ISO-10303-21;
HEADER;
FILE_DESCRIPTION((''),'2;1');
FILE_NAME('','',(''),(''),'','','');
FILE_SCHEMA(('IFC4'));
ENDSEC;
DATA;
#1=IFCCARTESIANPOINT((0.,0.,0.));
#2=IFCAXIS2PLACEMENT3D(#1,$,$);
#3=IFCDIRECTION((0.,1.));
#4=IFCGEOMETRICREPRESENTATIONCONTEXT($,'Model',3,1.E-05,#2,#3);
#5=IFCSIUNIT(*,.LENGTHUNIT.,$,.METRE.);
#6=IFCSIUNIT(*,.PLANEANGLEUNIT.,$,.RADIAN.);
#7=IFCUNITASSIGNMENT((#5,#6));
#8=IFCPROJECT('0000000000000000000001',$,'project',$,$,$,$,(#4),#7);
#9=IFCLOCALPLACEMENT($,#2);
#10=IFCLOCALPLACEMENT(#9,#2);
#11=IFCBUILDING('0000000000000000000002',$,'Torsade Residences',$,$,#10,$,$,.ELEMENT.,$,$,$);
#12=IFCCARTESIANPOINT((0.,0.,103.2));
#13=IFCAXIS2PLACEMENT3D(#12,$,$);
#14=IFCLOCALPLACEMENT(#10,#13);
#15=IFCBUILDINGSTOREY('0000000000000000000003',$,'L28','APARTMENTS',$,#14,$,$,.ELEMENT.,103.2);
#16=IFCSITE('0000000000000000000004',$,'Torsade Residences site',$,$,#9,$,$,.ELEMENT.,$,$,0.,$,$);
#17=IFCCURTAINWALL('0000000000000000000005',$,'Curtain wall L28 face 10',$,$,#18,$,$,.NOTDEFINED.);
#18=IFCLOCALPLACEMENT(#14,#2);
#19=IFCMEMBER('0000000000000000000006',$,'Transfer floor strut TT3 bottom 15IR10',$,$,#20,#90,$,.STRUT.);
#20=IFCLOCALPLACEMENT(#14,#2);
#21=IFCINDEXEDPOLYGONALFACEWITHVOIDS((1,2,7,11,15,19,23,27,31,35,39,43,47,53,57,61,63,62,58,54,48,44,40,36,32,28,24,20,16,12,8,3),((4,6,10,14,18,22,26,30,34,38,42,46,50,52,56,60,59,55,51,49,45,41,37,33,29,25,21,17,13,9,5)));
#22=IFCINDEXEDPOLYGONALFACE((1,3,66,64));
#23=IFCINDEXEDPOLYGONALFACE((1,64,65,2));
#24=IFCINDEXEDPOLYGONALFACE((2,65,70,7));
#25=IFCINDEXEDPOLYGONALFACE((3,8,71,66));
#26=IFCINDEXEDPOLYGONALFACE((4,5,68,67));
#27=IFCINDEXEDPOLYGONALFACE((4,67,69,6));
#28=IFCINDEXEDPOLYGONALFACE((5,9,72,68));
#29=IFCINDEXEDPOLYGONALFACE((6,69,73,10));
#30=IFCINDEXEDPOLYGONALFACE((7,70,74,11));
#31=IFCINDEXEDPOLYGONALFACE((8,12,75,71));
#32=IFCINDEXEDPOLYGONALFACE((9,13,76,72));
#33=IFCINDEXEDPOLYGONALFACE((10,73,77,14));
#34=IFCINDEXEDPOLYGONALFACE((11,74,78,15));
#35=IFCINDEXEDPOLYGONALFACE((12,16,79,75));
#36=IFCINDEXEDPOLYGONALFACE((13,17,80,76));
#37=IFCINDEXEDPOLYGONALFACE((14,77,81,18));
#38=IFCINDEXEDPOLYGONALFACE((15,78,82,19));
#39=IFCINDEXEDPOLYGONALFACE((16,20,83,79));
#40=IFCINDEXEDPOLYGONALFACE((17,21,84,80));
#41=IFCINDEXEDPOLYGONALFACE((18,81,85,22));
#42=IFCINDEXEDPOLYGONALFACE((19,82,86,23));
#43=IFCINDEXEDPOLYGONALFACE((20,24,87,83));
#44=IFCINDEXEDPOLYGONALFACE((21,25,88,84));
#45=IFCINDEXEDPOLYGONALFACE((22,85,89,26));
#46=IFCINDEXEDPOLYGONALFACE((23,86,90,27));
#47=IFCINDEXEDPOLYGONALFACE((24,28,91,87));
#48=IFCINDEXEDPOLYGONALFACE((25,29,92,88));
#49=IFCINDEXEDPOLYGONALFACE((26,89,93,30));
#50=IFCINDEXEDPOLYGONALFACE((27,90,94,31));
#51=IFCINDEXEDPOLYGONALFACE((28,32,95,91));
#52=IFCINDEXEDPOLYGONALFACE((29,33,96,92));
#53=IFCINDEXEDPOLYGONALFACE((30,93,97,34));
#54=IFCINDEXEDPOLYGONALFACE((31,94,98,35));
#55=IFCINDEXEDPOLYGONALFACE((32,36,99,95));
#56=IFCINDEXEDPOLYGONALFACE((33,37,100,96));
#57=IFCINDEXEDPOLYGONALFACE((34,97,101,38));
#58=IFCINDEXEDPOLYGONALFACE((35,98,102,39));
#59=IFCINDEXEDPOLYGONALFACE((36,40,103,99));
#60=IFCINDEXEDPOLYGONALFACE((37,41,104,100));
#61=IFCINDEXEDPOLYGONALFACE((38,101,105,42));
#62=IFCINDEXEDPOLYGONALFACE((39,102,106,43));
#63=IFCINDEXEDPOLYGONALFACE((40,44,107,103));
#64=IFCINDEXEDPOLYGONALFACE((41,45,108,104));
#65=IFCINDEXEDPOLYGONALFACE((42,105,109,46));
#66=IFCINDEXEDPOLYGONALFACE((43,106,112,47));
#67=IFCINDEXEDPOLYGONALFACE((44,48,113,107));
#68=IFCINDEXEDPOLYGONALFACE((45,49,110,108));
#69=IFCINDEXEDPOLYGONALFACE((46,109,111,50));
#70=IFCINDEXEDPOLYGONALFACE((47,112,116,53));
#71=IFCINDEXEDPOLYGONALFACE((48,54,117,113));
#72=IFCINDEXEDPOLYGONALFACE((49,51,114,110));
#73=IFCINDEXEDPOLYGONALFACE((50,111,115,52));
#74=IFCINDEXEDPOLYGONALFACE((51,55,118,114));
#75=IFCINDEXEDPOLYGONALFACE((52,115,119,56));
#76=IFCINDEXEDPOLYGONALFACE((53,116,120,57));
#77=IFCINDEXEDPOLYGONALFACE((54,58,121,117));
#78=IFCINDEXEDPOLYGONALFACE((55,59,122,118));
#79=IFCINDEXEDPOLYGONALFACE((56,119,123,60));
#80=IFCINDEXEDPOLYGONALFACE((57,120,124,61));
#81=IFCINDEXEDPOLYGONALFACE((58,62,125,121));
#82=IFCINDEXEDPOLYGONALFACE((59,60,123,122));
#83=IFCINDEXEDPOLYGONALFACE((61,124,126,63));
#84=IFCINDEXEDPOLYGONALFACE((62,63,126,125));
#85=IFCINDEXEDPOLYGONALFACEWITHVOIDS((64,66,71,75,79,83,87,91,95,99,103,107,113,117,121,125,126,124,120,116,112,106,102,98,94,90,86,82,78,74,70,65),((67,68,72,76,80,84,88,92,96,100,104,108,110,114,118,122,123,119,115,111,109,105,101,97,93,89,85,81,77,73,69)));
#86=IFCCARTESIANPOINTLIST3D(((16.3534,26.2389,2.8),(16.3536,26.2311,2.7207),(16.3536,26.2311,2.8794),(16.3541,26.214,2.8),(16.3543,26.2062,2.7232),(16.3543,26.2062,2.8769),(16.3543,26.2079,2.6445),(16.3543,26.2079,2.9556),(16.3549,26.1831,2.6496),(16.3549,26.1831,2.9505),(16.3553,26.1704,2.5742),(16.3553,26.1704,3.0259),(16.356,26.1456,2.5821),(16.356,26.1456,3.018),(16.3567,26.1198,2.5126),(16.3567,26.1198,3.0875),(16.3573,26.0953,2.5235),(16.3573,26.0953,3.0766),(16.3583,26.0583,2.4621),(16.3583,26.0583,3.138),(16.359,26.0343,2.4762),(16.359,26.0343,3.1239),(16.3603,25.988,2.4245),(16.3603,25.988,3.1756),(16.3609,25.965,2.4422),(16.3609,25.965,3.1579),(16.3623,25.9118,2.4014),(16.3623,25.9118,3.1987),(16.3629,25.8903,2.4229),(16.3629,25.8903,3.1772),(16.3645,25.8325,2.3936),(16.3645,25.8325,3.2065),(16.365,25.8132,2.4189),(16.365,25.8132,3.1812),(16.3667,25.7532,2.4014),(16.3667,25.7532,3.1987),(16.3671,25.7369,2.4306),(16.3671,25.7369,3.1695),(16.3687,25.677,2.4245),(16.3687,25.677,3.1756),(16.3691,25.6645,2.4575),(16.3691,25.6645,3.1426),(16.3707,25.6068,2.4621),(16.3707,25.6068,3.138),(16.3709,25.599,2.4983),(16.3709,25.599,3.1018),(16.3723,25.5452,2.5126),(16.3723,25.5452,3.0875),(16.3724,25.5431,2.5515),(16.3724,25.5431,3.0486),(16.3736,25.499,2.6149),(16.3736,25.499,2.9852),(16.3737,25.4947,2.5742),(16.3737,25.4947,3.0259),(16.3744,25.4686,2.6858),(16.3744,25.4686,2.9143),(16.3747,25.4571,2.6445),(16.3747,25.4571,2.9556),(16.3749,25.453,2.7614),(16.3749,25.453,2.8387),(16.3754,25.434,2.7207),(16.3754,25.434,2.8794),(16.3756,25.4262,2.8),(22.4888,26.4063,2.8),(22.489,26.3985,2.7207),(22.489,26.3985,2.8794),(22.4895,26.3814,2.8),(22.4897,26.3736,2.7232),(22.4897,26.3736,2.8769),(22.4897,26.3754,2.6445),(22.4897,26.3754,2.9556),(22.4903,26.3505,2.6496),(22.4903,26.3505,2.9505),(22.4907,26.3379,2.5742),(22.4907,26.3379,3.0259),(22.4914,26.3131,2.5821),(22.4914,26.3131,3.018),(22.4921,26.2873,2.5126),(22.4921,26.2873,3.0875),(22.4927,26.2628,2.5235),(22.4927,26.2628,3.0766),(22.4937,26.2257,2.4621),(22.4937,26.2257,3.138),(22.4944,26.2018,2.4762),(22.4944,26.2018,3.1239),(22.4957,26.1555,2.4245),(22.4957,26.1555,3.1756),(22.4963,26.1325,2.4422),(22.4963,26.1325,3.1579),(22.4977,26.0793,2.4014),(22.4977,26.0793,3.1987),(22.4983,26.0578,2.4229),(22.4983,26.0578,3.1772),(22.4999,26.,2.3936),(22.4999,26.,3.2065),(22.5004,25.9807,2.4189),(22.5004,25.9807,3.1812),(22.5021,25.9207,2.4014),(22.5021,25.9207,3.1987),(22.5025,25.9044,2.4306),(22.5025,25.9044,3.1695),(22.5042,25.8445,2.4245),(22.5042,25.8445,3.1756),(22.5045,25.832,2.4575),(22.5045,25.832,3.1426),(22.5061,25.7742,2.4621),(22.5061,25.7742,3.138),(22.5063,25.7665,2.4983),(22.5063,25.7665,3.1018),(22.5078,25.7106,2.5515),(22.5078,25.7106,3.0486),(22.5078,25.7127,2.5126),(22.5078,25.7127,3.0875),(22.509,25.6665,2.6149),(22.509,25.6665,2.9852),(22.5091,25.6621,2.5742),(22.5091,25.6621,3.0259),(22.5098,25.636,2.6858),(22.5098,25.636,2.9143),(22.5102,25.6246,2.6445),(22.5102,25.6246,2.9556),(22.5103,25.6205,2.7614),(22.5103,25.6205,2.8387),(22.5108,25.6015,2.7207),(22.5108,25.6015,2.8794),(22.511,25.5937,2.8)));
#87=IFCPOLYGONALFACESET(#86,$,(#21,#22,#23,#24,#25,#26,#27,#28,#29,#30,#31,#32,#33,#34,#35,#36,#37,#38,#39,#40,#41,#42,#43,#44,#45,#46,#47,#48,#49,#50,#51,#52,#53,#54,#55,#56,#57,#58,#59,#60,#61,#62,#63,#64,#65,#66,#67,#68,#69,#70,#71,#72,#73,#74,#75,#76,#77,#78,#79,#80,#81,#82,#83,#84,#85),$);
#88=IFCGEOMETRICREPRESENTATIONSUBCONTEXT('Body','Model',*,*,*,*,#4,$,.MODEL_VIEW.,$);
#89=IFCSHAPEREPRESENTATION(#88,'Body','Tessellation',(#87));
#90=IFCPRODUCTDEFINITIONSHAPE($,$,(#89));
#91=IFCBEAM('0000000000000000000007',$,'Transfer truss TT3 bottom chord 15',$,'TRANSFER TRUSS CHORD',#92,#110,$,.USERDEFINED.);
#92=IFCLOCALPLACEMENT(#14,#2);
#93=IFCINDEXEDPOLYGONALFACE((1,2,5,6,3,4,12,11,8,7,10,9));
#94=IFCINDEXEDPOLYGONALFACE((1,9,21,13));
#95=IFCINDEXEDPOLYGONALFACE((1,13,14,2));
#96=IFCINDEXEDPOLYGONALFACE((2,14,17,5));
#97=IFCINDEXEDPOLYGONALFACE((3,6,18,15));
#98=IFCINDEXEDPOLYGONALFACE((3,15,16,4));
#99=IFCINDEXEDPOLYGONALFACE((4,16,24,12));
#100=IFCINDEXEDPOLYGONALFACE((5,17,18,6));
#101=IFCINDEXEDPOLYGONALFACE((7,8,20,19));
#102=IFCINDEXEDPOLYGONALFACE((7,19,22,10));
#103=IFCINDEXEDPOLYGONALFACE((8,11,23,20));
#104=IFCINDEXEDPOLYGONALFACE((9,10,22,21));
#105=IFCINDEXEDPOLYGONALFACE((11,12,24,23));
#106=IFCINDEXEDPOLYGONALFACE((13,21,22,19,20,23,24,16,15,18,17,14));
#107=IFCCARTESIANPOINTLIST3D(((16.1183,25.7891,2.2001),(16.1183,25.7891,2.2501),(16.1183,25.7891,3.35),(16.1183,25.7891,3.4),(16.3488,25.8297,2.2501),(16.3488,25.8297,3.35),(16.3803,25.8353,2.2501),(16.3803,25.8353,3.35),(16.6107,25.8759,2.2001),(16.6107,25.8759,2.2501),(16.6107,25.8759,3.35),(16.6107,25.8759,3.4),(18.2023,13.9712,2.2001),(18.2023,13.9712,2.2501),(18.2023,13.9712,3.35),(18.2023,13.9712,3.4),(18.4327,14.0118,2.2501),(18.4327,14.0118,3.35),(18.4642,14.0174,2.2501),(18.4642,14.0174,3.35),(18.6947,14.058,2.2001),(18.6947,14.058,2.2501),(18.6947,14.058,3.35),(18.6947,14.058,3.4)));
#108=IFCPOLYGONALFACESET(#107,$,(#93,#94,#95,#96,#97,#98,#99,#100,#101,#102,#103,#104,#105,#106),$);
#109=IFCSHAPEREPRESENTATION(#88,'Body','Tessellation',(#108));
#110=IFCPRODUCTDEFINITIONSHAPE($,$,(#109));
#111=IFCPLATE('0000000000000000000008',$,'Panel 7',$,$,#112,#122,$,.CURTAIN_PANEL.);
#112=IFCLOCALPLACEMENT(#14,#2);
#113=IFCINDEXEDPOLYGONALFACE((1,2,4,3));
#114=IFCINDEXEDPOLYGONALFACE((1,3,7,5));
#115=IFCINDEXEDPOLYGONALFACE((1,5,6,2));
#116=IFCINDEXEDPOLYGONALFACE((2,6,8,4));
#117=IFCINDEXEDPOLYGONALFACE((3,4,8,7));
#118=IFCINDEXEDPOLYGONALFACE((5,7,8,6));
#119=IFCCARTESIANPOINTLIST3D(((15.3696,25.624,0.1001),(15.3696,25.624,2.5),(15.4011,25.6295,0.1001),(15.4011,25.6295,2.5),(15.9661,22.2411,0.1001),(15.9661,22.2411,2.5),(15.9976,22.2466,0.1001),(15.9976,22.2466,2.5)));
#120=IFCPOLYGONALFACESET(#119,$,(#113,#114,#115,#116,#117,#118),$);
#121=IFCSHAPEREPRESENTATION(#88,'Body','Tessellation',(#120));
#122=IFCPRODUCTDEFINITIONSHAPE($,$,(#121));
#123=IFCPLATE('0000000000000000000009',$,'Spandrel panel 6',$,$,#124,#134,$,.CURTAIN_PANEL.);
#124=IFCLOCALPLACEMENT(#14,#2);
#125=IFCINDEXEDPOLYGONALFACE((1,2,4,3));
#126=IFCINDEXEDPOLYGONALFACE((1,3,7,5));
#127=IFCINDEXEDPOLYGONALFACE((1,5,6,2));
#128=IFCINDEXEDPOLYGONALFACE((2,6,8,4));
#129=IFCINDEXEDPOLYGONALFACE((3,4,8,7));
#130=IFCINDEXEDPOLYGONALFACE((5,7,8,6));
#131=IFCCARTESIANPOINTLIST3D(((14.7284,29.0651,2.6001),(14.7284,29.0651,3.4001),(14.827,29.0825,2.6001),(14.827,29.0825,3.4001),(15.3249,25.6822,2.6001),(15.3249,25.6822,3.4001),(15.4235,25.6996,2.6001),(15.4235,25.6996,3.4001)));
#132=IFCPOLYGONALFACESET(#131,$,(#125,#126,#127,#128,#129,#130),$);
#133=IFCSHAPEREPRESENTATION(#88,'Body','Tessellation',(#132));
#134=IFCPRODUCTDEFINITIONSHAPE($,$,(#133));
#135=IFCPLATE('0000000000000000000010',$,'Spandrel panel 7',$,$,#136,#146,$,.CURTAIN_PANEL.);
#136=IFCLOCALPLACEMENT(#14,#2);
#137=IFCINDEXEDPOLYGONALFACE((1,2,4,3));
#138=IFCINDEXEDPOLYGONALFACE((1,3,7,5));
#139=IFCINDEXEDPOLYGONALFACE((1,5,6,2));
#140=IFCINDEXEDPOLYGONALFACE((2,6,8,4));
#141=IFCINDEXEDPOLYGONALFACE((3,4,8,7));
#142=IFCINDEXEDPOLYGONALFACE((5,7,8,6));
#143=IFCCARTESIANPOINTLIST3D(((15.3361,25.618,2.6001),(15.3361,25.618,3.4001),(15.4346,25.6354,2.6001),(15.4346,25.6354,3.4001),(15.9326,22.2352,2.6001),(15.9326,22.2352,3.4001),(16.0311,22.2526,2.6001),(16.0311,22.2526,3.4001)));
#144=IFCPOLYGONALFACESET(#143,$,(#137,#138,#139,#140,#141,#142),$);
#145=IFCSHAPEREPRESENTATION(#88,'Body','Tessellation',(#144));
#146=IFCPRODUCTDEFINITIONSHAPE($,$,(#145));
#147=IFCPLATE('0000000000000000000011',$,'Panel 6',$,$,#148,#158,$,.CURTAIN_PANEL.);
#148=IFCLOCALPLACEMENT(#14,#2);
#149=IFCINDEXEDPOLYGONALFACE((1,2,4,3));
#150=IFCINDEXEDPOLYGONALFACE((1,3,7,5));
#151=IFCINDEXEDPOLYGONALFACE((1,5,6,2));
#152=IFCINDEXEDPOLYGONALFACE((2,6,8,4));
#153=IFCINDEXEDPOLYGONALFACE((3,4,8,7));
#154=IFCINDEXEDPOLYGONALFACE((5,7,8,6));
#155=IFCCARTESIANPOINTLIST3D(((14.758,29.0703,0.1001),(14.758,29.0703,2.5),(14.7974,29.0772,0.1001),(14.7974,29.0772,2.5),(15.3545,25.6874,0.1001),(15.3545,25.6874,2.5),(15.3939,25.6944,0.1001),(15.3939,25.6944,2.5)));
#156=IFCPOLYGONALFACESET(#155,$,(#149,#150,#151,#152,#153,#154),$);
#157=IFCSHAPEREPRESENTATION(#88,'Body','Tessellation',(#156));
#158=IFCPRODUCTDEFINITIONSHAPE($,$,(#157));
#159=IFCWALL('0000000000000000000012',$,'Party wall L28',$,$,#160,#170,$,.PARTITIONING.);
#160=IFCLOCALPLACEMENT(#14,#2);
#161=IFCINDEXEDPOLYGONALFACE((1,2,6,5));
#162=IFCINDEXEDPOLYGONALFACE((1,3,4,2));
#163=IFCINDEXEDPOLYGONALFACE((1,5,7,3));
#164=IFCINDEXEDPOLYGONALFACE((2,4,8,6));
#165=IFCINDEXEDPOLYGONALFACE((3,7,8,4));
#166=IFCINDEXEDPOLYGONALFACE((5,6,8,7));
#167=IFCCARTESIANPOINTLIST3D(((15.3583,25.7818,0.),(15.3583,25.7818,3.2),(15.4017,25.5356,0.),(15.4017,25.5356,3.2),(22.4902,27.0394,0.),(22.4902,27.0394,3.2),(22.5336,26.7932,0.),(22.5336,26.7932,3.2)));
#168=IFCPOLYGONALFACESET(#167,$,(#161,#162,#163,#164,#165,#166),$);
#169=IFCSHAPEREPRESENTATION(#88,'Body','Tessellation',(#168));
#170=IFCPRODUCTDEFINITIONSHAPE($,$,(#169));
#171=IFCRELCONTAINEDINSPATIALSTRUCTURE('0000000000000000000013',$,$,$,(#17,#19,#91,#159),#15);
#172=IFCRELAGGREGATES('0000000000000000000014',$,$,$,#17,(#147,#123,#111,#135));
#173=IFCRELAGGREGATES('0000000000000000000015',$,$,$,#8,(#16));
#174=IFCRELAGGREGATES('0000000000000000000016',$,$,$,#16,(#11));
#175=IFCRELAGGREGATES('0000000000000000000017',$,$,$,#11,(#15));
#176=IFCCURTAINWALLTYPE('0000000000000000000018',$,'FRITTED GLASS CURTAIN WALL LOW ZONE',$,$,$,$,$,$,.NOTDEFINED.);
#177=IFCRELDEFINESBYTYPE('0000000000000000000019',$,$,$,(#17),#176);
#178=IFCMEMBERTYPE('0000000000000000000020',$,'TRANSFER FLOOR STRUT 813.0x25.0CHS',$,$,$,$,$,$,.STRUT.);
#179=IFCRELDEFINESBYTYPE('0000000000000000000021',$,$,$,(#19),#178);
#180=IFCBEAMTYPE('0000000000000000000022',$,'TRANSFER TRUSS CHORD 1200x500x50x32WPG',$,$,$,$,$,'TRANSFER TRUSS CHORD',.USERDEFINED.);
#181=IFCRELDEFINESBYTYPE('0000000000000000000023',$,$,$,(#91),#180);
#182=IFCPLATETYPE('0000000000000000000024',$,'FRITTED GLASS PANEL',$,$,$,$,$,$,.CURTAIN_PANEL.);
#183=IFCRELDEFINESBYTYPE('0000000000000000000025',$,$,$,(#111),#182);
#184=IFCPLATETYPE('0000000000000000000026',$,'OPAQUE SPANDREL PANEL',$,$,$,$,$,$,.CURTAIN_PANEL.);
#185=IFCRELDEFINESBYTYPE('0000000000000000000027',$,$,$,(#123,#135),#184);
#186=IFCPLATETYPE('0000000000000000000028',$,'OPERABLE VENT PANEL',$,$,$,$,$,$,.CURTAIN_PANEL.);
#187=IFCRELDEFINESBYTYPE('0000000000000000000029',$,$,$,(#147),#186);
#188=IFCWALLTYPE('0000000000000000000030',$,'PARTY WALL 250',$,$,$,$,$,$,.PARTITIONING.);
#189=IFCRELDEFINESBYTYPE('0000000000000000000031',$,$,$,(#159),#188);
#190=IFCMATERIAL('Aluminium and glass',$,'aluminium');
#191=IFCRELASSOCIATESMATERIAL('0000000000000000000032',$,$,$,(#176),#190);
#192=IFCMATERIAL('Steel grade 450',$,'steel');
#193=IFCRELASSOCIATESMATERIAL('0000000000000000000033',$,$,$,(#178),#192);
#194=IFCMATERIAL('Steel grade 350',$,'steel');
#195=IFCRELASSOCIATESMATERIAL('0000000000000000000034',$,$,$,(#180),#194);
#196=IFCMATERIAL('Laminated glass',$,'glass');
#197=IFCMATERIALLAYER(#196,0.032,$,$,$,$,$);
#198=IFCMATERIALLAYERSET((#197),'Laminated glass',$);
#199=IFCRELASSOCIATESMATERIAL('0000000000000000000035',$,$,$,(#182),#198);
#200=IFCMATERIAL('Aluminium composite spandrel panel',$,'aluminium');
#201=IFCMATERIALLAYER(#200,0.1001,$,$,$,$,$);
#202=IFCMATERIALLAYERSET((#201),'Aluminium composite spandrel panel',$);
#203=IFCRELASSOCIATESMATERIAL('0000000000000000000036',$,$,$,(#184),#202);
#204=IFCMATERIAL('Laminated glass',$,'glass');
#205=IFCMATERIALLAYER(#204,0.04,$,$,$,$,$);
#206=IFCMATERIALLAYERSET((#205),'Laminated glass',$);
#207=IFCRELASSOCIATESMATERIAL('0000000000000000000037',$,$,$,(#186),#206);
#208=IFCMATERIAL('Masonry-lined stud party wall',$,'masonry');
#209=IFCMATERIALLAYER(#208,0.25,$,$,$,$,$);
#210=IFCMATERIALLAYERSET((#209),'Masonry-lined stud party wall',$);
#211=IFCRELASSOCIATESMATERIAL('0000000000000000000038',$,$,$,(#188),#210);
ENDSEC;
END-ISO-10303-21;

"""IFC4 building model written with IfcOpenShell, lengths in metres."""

from ifc_helpers import new_model, si_unit, direction, frame, frame_2d, origin, origin_2d, place, context, subcontext, project, spatial, rectangle, hollow_circle, i_section, extrude, material, layer, layer_set, material_profile, profile_set, type_object, element, aggregate, save


model = new_model("IFC4")

# Units and contexts
model_context = context("Model", 3, precision=1e-05, world=origin(), true_north=direction((0.0, 1.0)))
body_context = subcontext(model_context, "Body", "Model", "MODEL_VIEW")
ifc_project = project(units=[si_unit("LENGTHUNIT", "METRE"), si_unit("PLANEANGLEUNIT", "RADIAN")], contexts=[model_context])

# Site, building, storey
site_placement = place(None, origin())
site = spatial("IfcSite", under=ifc_project, at=site_placement, Name="Torsade Residences site", CompositionType="ELEMENT", RefElevation=0.0)
building_placement = place(site_placement, origin())
building = spatial("IfcBuilding", under=site, at=building_placement, Name="Torsade Residences", CompositionType="ELEMENT")
storey_placement = place(building_placement, frame((0.0, 0.0, 103.2)))
storey = spatial("IfcBuildingStorey", under=building, at=storey_placement, Name="L28", Description="APARTMENTS", CompositionType="ELEMENT", Elevation=103.2)

# Curtain wall
ifc_material_1 = material(Name="Aluminium and glass", Category="aluminium")
curtain_wall_type = type_object("IfcCurtainWallType", Name="FRITTED GLASS CURTAIN WALL LOW ZONE", PredefinedType="NOTDEFINED", material=ifc_material_1)
curtain_wall_placement = place(storey_placement, origin())
curtain_wall = element("IfcCurtainWall", 1, at=curtain_wall_placement, inside=storey, type_object=curtain_wall_type, Name="Curtain wall L28 face 10", PredefinedType="NOTDEFINED")

# Member
ifc_material_2 = material(Name="Steel grade 450", Category="steel")
ifc_material_profile_1 = material_profile(ifc_material_2, hollow_circle(Radius=0.4065, WallThickness=0.0249, at=origin_2d()), Name="813.0x25.0CHS")
ifc_profile_set_1 = profile_set([ifc_material_profile_1], Name="Steel grade 450")
member_type_1 = type_object("IfcMemberType", Name="TRANSFER FLOOR STRUT 813.0x25.0CHS", PredefinedType="STRUT", material=ifc_profile_set_1)
member_1_placement = place(storey_placement, frame((16.3645, 25.8325, 2.8), z_axis=(0.999628, 0.027287, 0.0), x_axis=(-0.027287, 0.999628, 0.0)))
element("IfcMember", 2, at=member_1_placement, inside=storey, type_object=member_type_1, Name="Transfer floor strut TT3 bottom 15IR10", PredefinedType="STRUT", context=body_context, shape_type="SweptSolid", body=[
    extrude(hollow_circle(Radius=0.4065, WallThickness=0.0249, at=origin_2d()), origin(), (0.0, 0.0, 1.0), 6.1377),
])

# Beam
ifc_material_3 = material(Name="Steel grade 350", Category="steel")
ifc_material_profile_2 = material_profile(ifc_material_3, i_section(OverallWidth=0.5, OverallDepth=1.2, WebThickness=0.032, FlangeThickness=0.05, at=origin_2d()), Name="1200x500x50x32WPG")
ifc_profile_set_2 = profile_set([ifc_material_profile_2], Name="Steel grade 350")
beam_type_1 = type_object("IfcBeamType", Name="TRANSFER TRUSS CHORD 1200x500x50x32WPG", ElementType="TRANSFER TRUSS CHORD", PredefinedType="USERDEFINED", material=ifc_profile_set_2)
beam_1_placement = place(storey_placement, frame((16.3645, 25.8325, 2.8), z_axis=(0.173662, -0.984805, 0.0), x_axis=(0.984805, 0.173662, 0.0)))
element("IfcBeam", 3, at=beam_1_placement, inside=storey, type_object=beam_type_1, Name="Transfer truss TT3 bottom chord 15", ObjectType="TRANSFER TRUSS CHORD", PredefinedType="USERDEFINED", context=body_context, shape_type="SweptSolid", body=[
    extrude(i_section(OverallWidth=0.5, OverallDepth=1.2, WebThickness=0.032, FlangeThickness=0.05, at=origin_2d()), origin(), (0.0, 0.0, 1.0), 12.0002),
])

# Plates
ifc_material_4 = material(Name="Laminated glass", Category="glass")
ifc_layer_1 = layer(ifc_material_4, 0.032)
ifc_layer_set_1 = layer_set([ifc_layer_1], Name="Laminated glass")
plate_type_1 = type_object("IfcPlateType", Name="FRITTED GLASS PANEL", PredefinedType="CURTAIN_PANEL", material=ifc_layer_set_1)
plate_1_placement = place(storey_placement, frame((15.6836, 23.9353, 0.1001), z_axis=(0.0, 0.0, 1.0), x_axis=(0.173648, -0.984808, 0.0)))
plate_1 = element("IfcPlate", 4, at=plate_1_placement, type_object=plate_type_1, Name="Panel 7", PredefinedType="CURTAIN_PANEL", context=body_context, shape_type="SweptSolid", body=[
    extrude(rectangle(XDim=3.4351, YDim=0.032, at=origin_2d()), origin(), (0.0, 0.0, 1.0), 2.3999),
])
ifc_material_5 = material(Name="Aluminium composite spandrel panel", Category="aluminium")
ifc_layer_2 = layer(ifc_material_5, 0.1001)
ifc_layer_set_2 = layer_set([ifc_layer_2], Name="Aluminium composite spandrel panel")
plate_type_2 = type_object("IfcPlateType", Name="OPAQUE SPANDREL PANEL", PredefinedType="CURTAIN_PANEL", material=ifc_layer_set_2)
plate_2_placement = place(storey_placement, frame((15.0759, 27.3823, 2.6001), z_axis=(0.0, 0.0, 1.0), x_axis=(0.173648, -0.984808, 0.0)))
plate_2 = element("IfcPlate", 5, at=plate_2_placement, type_object=plate_type_2, Name="Spandrel panel 6", PredefinedType="CURTAIN_PANEL", context=body_context, shape_type="SweptSolid", body=[
    extrude(rectangle(XDim=3.4351, YDim=0.1001, at=origin_2d()), origin(), (0.0, 0.0, 1.0), 0.8),
])
plate_3_placement = place(storey_placement, frame((15.6836, 23.9353, 2.6001), z_axis=(0.0, 0.0, 1.0), x_axis=(0.173648, -0.984808, 0.0)))
plate_3 = element("IfcPlate", 6, at=plate_3_placement, type_object=plate_type_2, Name="Spandrel panel 7", PredefinedType="CURTAIN_PANEL", context=body_context, shape_type="SweptSolid", body=[
    extrude(rectangle(XDim=3.4351, YDim=0.1001, at=origin_2d()), origin(), (0.0, 0.0, 1.0), 0.8),
])
ifc_material_6 = material(Name="Laminated glass", Category="glass")
ifc_layer_3 = layer(ifc_material_6, 0.04)
ifc_layer_set_3 = layer_set([ifc_layer_3], Name="Laminated glass")
plate_type_3 = type_object("IfcPlateType", Name="OPERABLE VENT PANEL", PredefinedType="CURTAIN_PANEL", material=ifc_layer_set_3)
plate_4_placement = place(storey_placement, frame((15.0759, 27.3823, 0.1001), z_axis=(0.0, 0.0, 1.0), x_axis=(0.173648, -0.984808, 0.0)))
plate_4 = element("IfcPlate", 7, at=plate_4_placement, type_object=plate_type_3, Name="Panel 6", PredefinedType="CURTAIN_PANEL", context=body_context, shape_type="SweptSolid", body=[
    extrude(rectangle(XDim=3.4351, YDim=0.04, at=origin_2d()), origin(), (0.0, 0.0, 1.0), 2.3999),
])
aggregate(curtain_wall, [plate_4, plate_2, plate_1, plate_3])

# Wall
ifc_material_7 = material(Name="Masonry-lined stud party wall", Category="masonry")
ifc_layer_4 = layer(ifc_material_7, 0.25)
ifc_layer_set_4 = layer_set([ifc_layer_4], Name="Masonry-lined stud party wall")
wall_type = type_object("IfcWallType", Name="PARTY WALL 250", PredefinedType="PARTITIONING", material=ifc_layer_set_4)
wall_placement = place(storey_placement, frame((15.3799, 25.6587, 0.0), z_axis=(0.0, 0.0, 1.0), x_axis=(0.984807, 0.173653, 0.0)))
element("IfcWall", 8, at=wall_placement, inside=storey, type_object=wall_type, Name="Party wall L28", PredefinedType="PARTITIONING", context=body_context, shape_type="SweptSolid", body=[
    extrude(rectangle(XDim=7.2419, YDim=0.25, at=frame_2d((3.6211, 0.0))), origin(), (0.0, 0.0, 1.0), 3.2),
])

save(model, "model.ifc")
